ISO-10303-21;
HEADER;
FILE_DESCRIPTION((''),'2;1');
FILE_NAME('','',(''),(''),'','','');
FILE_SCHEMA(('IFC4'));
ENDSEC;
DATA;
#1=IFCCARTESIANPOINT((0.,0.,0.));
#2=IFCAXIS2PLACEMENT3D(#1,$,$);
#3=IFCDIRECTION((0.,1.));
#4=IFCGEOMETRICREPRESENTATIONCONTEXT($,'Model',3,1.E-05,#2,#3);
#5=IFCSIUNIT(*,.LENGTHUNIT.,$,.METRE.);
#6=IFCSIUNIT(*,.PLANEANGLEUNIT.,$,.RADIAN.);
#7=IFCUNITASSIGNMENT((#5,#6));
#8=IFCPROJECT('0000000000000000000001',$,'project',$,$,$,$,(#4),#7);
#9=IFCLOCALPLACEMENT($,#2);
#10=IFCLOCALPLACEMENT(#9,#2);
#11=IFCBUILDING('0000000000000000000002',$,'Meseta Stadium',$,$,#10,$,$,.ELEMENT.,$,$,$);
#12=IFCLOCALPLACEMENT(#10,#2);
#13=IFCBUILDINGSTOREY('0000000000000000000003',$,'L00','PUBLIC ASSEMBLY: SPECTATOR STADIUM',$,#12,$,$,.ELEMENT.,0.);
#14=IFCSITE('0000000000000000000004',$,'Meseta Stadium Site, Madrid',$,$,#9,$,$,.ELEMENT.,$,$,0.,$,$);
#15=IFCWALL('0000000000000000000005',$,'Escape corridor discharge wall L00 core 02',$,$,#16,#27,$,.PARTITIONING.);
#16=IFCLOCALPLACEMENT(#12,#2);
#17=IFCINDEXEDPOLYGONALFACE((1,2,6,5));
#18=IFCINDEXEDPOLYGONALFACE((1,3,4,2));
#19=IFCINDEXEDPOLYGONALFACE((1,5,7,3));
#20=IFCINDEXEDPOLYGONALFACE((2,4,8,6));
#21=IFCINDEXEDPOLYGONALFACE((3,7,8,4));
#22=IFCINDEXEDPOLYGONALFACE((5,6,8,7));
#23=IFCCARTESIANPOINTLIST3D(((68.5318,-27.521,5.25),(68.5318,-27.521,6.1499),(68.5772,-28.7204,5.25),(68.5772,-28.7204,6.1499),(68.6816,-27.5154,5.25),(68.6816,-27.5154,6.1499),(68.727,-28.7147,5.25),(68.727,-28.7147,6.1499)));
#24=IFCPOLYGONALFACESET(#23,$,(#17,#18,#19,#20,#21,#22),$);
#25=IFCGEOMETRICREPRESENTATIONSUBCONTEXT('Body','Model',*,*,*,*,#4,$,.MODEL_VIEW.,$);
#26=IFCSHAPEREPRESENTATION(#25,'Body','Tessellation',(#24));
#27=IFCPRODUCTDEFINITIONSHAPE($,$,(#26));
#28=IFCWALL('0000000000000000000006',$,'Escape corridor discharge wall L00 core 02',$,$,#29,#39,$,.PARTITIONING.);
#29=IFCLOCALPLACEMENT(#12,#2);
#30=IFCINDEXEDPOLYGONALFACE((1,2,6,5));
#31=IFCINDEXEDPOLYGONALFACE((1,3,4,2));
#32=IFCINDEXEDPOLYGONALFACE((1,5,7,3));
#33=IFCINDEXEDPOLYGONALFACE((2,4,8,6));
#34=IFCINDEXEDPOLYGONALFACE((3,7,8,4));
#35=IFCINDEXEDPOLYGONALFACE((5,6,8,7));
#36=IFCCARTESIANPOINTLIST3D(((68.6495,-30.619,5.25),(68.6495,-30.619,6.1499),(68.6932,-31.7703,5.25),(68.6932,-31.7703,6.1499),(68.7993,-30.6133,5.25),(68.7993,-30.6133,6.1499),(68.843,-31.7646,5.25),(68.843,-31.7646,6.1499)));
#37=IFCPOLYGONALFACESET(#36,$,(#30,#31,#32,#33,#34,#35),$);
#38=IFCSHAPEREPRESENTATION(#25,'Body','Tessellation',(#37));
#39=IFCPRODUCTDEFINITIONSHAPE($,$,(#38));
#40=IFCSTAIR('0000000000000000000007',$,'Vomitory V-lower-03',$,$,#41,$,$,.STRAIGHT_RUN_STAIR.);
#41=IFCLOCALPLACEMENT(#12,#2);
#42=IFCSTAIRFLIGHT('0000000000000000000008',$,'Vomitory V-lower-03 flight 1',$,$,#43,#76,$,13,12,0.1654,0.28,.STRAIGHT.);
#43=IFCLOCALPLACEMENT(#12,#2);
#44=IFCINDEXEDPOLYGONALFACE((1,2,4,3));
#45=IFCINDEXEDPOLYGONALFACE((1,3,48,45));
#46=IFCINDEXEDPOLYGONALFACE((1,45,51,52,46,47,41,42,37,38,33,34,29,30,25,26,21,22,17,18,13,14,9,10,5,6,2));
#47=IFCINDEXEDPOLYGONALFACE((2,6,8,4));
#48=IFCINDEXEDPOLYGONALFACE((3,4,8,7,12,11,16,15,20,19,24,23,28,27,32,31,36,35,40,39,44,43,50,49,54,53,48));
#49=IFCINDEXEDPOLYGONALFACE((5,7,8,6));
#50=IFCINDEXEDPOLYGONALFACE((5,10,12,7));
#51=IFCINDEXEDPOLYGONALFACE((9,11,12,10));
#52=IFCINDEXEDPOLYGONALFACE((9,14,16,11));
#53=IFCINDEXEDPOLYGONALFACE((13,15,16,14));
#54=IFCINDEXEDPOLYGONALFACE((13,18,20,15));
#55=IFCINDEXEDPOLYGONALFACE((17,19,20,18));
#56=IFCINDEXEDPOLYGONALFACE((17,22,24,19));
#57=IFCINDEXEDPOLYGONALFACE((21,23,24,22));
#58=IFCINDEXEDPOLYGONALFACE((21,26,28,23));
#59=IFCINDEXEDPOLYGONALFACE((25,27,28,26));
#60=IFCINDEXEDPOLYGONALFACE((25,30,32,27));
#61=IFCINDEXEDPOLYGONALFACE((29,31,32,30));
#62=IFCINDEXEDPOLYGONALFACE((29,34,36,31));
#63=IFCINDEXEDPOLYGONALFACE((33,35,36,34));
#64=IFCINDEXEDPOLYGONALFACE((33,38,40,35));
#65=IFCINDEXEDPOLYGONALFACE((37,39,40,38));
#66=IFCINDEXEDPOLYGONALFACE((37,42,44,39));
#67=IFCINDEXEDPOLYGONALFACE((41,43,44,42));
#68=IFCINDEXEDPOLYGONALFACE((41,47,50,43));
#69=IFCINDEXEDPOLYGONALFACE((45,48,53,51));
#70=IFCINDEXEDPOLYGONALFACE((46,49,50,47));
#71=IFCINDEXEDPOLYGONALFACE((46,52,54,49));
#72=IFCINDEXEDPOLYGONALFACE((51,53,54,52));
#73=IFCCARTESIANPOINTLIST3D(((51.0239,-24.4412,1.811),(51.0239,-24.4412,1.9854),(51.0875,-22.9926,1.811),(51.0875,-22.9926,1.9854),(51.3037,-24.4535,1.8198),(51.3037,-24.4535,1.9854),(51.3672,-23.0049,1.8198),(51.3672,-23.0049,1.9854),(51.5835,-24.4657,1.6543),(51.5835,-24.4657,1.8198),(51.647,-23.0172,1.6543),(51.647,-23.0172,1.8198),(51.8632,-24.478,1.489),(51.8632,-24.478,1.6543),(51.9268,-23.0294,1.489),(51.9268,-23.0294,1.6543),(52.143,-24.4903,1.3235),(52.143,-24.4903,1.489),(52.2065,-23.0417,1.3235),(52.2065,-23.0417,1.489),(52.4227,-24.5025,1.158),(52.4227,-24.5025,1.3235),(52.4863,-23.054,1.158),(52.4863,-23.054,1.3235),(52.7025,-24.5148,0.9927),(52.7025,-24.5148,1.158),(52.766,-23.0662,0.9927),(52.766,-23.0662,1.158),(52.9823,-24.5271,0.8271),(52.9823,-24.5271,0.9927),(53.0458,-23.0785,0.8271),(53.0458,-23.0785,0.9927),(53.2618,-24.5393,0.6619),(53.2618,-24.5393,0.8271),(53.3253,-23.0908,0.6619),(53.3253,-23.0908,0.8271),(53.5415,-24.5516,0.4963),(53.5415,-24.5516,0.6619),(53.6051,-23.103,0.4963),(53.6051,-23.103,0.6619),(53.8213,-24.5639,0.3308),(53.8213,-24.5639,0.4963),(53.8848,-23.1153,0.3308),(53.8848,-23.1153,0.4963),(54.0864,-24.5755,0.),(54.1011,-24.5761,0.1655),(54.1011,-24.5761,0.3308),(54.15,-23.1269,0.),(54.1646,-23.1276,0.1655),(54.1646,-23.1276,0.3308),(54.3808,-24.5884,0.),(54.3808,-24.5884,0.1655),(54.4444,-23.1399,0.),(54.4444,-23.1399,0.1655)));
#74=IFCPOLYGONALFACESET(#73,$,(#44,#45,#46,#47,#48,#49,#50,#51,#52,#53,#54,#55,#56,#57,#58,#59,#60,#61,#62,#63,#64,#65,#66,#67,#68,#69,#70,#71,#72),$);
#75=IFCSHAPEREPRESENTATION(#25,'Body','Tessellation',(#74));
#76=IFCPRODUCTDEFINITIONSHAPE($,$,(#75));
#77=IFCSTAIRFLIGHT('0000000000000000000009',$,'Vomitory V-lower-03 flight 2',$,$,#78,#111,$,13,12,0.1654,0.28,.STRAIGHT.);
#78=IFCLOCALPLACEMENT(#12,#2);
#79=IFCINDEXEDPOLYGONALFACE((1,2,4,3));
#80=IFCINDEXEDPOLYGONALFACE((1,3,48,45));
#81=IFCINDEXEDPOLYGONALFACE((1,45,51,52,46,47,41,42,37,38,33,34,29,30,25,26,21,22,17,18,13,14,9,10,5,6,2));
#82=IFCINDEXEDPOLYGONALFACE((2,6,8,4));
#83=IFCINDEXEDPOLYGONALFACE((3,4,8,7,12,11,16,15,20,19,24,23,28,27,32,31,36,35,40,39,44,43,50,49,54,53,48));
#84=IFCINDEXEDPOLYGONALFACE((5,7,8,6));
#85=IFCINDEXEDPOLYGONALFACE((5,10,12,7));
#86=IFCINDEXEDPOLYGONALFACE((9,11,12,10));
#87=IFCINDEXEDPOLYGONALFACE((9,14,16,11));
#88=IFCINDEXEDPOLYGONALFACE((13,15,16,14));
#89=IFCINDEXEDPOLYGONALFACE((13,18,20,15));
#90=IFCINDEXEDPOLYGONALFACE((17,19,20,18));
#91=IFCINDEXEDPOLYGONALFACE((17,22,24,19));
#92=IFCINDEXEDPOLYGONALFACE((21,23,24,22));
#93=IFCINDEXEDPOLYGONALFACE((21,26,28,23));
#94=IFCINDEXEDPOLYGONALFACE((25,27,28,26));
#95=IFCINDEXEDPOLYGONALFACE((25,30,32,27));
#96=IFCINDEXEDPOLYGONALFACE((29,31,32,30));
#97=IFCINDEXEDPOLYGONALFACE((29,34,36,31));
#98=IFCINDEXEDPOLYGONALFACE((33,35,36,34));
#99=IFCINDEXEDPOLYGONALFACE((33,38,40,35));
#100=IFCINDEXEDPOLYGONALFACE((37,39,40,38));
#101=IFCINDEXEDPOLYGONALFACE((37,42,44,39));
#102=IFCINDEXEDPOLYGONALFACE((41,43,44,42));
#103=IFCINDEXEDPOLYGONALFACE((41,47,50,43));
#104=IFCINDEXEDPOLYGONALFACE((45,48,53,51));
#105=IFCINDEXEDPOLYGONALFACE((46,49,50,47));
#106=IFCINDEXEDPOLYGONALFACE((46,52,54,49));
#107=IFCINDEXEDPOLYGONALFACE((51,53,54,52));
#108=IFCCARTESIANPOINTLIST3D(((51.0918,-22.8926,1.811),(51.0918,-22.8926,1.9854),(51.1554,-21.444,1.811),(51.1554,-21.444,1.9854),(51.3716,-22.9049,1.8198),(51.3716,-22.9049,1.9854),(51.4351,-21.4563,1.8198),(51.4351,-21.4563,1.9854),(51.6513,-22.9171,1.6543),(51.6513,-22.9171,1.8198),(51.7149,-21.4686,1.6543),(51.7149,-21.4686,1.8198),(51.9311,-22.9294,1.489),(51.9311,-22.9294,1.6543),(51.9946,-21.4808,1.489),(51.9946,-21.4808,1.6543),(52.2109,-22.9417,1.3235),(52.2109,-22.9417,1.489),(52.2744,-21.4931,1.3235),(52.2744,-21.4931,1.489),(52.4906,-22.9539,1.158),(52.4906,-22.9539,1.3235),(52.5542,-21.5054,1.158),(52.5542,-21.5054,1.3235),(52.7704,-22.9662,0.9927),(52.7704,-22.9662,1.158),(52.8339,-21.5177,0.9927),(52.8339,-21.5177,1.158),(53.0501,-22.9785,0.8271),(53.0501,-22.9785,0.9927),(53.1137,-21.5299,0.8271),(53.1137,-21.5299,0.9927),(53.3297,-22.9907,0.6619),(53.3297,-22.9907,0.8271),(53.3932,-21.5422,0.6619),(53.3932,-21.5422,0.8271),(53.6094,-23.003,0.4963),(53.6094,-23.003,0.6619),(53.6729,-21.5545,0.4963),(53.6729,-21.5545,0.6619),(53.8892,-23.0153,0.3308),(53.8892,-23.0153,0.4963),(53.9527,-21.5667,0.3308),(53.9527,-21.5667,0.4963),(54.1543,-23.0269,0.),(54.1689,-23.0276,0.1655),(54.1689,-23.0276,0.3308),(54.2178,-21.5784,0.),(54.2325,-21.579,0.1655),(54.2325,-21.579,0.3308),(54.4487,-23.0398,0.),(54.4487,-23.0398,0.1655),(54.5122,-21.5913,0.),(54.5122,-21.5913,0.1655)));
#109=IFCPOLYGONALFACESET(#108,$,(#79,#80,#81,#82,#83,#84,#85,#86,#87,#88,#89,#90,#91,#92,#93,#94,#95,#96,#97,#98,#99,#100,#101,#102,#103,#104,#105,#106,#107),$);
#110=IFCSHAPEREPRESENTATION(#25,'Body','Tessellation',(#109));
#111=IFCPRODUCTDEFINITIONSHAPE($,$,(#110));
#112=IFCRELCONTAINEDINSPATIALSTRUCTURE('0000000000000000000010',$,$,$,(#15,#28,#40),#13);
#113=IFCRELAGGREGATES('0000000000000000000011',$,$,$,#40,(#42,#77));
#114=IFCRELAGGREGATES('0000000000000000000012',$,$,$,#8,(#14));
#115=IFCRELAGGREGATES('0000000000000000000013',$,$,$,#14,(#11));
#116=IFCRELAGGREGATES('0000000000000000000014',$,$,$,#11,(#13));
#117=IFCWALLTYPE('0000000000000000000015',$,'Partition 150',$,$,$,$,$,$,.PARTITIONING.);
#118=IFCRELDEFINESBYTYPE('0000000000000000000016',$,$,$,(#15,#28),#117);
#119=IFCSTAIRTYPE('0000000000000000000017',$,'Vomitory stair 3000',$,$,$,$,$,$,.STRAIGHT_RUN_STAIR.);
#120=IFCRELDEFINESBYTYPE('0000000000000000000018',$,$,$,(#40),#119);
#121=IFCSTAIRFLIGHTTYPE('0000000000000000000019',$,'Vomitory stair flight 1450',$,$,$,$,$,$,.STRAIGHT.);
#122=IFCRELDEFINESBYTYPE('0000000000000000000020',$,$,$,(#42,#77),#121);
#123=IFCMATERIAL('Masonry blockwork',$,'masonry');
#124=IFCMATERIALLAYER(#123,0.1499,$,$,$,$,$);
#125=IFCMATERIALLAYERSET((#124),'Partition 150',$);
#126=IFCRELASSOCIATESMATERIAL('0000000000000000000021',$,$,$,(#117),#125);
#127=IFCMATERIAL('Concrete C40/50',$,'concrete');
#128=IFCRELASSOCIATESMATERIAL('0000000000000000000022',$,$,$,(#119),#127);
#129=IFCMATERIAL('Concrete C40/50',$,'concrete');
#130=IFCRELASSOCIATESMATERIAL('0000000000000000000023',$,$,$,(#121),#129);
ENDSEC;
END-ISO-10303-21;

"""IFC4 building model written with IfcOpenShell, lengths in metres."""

from ifc_helpers import new_model, si_unit, direction, frame, frame_2d, origin, place, context, subcontext, project, spatial, polyline, rectangle, outline, extrude, material, layer, layer_set, type_object, element, aggregate, save


model = new_model("IFC4")

# Units and contexts
model_context = context("Model", 3, precision=1e-05, world=origin(), true_north=direction((0.0, 1.0)))
body_context = subcontext(model_context, "Body", "Model", "MODEL_VIEW")
ifc_project = project(units=[si_unit("LENGTHUNIT", "METRE"), si_unit("PLANEANGLEUNIT", "RADIAN")], contexts=[model_context])

# Site, building, storey
site_placement = place(None, origin())
site = spatial("IfcSite", under=ifc_project, at=site_placement, Name="Meseta Stadium Site, Madrid", CompositionType="ELEMENT", RefElevation=0.0)
building_placement = place(site_placement, origin())
building = spatial("IfcBuilding", under=site, at=building_placement, Name="Meseta Stadium", CompositionType="ELEMENT")
storey_placement = place(building_placement, origin())
storey = spatial("IfcBuildingStorey", under=building, at=storey_placement, Name="L00", Description="PUBLIC ASSEMBLY: SPECTATOR STADIUM", CompositionType="ELEMENT", Elevation=0.0)

# Shared definitions
ifc_material_1 = material(Name="Masonry blockwork", Category="masonry")
ifc_layer = layer(ifc_material_1, 0.1499)
ifc_layer_set = layer_set([ifc_layer], Name="Partition 150")
wall_type = type_object("IfcWallType", Name="Partition 150", PredefinedType="PARTITIONING", material=ifc_layer_set)

# Walls
wall_1_placement = place(storey_placement, frame((68.6521, -28.7175, 5.25), z_axis=(0.0, 0.0, 1.0), x_axis=(-0.037839, 0.999284, 0.0)))
element("IfcWall", 1, at=wall_1_placement, inside=storey, type_object=wall_type, Name="Escape corridor discharge wall L00 core 02", PredefinedType="PARTITIONING", context=body_context, shape_type="SweptSolid", body=[
    extrude(rectangle(XDim=1.2002, YDim=0.1499, at=frame_2d((0.6001, 0.0))), origin(), (0.0, 0.0, 1.0), 0.8999),
])
wall_2_placement = place(storey_placement, frame((68.7681, -31.7676, 5.25), z_axis=(0.0, 0.0, 1.0), x_axis=(-0.037929, 0.99928, 0.0)))
element("IfcWall", 2, at=wall_2_placement, inside=storey, type_object=wall_type, Name="Escape corridor discharge wall L00 core 02", PredefinedType="PARTITIONING", context=body_context, shape_type="SweptSolid", body=[
    extrude(rectangle(XDim=1.1521, YDim=0.1499, at=frame_2d((0.5762, 0.0))), origin(), (0.0, 0.0, 1.0), 0.8999),
])

# Stair, stair flights
ifc_material_2 = material(Name="Concrete C40/50", Category="concrete")
stair_type = type_object("IfcStairType", Name="Vomitory stair 3000", PredefinedType="STRAIGHT_RUN_STAIR", material=ifc_material_2)
stair_placement = place(storey_placement, origin())
stair = element("IfcStair", 3, at=stair_placement, inside=storey, type_object=stair_type, Name="Vomitory V-lower-03", PredefinedType="STRAIGHT_RUN_STAIR")
ifc_material_3 = material(Name="Concrete C40/50", Category="concrete")
stair_flight_type = type_object("IfcStairFlightType", Name="Vomitory stair flight 1450", PredefinedType="STRAIGHT", material=ifc_material_3)
stair_flight_1_placement = place(storey_placement, frame((54.4126, -23.864, 0.0), z_axis=(0.0, 0.0, 1.0), x_axis=(-0.99904, 0.043818, 0.0)))
stair_flight_1 = element("IfcStairFlight", 4, at=stair_flight_1_placement, type_object=stair_flight_type, Name="Vomitory V-lower-03 flight 1", NumberOfRisers=13, NumberOfTreads=12, PredefinedType="STRAIGHT", RiserHeight=0.1654, TreadLength=0.28, context=body_context, shape_type="SweptSolid", body=[
    extrude(outline(polyline([(0.0, 0.0), (0.0, 0.1655), (0.28, 0.1655), (0.28, 0.3308), (0.5601, 0.3308), (0.5601, 0.4963), (0.8401, 0.4963), (0.8401, 0.6619), (1.1201, 0.6619), (1.1201, 0.8271), (1.3999, 0.8271), (1.3999, 0.9927), (1.6799, 0.9927), (1.6799, 1.158), (1.96, 1.158), (1.96, 1.3235), (2.24, 1.3235), (2.24, 1.489), (2.52, 1.489), (2.52, 1.6543), (2.8, 1.6543), (2.8, 1.8198), (3.0801, 1.8198), (3.0801, 1.9854), (3.3601, 1.9854), (3.3601, 1.811), (0.2947, 0.0), (0.0, 0.0)])), frame((0.0, 0.7251, 0.0), z_axis=(0.0, -1.0, 0.0), x_axis=(1.0, 0.0, 0.0)), (0.0, 0.0, 1.0), 1.45),
])
stair_flight_2_placement = place(storey_placement, frame((54.4805, -22.3154, 0.0), z_axis=(0.0, 0.0, 1.0), x_axis=(-0.99904, 0.043818, 0.0)))
stair_flight_2 = element("IfcStairFlight", 5, at=stair_flight_2_placement, type_object=stair_flight_type, Name="Vomitory V-lower-03 flight 2", NumberOfRisers=13, NumberOfTreads=12, PredefinedType="STRAIGHT", RiserHeight=0.1654, TreadLength=0.28, context=body_context, shape_type="SweptSolid", body=[
    extrude(outline(polyline([(0.0, 0.0), (0.0, 0.1655), (0.28, 0.1655), (0.28, 0.3308), (0.5601, 0.3308), (0.5601, 0.4963), (0.8401, 0.4963), (0.8401, 0.6619), (1.1201, 0.6619), (1.1201, 0.8271), (1.3999, 0.8271), (1.3999, 0.9927), (1.6799, 0.9927), (1.6799, 1.158), (1.96, 1.158), (1.96, 1.3235), (2.24, 1.3235), (2.24, 1.489), (2.52, 1.489), (2.52, 1.6543), (2.8, 1.6543), (2.8, 1.8198), (3.0801, 1.8198), (3.0801, 1.9854), (3.3601, 1.9854), (3.3601, 1.811), (0.2947, 0.0), (0.0, 0.0)])), frame((0.0, 0.7251, 0.0), z_axis=(0.0, -1.0, 0.0), x_axis=(1.0, 0.0, 0.0)), (0.0, 0.0, 1.0), 1.45),
])
aggregate(stair, [stair_flight_1, stair_flight_2])

save(model, "model.ifc")
